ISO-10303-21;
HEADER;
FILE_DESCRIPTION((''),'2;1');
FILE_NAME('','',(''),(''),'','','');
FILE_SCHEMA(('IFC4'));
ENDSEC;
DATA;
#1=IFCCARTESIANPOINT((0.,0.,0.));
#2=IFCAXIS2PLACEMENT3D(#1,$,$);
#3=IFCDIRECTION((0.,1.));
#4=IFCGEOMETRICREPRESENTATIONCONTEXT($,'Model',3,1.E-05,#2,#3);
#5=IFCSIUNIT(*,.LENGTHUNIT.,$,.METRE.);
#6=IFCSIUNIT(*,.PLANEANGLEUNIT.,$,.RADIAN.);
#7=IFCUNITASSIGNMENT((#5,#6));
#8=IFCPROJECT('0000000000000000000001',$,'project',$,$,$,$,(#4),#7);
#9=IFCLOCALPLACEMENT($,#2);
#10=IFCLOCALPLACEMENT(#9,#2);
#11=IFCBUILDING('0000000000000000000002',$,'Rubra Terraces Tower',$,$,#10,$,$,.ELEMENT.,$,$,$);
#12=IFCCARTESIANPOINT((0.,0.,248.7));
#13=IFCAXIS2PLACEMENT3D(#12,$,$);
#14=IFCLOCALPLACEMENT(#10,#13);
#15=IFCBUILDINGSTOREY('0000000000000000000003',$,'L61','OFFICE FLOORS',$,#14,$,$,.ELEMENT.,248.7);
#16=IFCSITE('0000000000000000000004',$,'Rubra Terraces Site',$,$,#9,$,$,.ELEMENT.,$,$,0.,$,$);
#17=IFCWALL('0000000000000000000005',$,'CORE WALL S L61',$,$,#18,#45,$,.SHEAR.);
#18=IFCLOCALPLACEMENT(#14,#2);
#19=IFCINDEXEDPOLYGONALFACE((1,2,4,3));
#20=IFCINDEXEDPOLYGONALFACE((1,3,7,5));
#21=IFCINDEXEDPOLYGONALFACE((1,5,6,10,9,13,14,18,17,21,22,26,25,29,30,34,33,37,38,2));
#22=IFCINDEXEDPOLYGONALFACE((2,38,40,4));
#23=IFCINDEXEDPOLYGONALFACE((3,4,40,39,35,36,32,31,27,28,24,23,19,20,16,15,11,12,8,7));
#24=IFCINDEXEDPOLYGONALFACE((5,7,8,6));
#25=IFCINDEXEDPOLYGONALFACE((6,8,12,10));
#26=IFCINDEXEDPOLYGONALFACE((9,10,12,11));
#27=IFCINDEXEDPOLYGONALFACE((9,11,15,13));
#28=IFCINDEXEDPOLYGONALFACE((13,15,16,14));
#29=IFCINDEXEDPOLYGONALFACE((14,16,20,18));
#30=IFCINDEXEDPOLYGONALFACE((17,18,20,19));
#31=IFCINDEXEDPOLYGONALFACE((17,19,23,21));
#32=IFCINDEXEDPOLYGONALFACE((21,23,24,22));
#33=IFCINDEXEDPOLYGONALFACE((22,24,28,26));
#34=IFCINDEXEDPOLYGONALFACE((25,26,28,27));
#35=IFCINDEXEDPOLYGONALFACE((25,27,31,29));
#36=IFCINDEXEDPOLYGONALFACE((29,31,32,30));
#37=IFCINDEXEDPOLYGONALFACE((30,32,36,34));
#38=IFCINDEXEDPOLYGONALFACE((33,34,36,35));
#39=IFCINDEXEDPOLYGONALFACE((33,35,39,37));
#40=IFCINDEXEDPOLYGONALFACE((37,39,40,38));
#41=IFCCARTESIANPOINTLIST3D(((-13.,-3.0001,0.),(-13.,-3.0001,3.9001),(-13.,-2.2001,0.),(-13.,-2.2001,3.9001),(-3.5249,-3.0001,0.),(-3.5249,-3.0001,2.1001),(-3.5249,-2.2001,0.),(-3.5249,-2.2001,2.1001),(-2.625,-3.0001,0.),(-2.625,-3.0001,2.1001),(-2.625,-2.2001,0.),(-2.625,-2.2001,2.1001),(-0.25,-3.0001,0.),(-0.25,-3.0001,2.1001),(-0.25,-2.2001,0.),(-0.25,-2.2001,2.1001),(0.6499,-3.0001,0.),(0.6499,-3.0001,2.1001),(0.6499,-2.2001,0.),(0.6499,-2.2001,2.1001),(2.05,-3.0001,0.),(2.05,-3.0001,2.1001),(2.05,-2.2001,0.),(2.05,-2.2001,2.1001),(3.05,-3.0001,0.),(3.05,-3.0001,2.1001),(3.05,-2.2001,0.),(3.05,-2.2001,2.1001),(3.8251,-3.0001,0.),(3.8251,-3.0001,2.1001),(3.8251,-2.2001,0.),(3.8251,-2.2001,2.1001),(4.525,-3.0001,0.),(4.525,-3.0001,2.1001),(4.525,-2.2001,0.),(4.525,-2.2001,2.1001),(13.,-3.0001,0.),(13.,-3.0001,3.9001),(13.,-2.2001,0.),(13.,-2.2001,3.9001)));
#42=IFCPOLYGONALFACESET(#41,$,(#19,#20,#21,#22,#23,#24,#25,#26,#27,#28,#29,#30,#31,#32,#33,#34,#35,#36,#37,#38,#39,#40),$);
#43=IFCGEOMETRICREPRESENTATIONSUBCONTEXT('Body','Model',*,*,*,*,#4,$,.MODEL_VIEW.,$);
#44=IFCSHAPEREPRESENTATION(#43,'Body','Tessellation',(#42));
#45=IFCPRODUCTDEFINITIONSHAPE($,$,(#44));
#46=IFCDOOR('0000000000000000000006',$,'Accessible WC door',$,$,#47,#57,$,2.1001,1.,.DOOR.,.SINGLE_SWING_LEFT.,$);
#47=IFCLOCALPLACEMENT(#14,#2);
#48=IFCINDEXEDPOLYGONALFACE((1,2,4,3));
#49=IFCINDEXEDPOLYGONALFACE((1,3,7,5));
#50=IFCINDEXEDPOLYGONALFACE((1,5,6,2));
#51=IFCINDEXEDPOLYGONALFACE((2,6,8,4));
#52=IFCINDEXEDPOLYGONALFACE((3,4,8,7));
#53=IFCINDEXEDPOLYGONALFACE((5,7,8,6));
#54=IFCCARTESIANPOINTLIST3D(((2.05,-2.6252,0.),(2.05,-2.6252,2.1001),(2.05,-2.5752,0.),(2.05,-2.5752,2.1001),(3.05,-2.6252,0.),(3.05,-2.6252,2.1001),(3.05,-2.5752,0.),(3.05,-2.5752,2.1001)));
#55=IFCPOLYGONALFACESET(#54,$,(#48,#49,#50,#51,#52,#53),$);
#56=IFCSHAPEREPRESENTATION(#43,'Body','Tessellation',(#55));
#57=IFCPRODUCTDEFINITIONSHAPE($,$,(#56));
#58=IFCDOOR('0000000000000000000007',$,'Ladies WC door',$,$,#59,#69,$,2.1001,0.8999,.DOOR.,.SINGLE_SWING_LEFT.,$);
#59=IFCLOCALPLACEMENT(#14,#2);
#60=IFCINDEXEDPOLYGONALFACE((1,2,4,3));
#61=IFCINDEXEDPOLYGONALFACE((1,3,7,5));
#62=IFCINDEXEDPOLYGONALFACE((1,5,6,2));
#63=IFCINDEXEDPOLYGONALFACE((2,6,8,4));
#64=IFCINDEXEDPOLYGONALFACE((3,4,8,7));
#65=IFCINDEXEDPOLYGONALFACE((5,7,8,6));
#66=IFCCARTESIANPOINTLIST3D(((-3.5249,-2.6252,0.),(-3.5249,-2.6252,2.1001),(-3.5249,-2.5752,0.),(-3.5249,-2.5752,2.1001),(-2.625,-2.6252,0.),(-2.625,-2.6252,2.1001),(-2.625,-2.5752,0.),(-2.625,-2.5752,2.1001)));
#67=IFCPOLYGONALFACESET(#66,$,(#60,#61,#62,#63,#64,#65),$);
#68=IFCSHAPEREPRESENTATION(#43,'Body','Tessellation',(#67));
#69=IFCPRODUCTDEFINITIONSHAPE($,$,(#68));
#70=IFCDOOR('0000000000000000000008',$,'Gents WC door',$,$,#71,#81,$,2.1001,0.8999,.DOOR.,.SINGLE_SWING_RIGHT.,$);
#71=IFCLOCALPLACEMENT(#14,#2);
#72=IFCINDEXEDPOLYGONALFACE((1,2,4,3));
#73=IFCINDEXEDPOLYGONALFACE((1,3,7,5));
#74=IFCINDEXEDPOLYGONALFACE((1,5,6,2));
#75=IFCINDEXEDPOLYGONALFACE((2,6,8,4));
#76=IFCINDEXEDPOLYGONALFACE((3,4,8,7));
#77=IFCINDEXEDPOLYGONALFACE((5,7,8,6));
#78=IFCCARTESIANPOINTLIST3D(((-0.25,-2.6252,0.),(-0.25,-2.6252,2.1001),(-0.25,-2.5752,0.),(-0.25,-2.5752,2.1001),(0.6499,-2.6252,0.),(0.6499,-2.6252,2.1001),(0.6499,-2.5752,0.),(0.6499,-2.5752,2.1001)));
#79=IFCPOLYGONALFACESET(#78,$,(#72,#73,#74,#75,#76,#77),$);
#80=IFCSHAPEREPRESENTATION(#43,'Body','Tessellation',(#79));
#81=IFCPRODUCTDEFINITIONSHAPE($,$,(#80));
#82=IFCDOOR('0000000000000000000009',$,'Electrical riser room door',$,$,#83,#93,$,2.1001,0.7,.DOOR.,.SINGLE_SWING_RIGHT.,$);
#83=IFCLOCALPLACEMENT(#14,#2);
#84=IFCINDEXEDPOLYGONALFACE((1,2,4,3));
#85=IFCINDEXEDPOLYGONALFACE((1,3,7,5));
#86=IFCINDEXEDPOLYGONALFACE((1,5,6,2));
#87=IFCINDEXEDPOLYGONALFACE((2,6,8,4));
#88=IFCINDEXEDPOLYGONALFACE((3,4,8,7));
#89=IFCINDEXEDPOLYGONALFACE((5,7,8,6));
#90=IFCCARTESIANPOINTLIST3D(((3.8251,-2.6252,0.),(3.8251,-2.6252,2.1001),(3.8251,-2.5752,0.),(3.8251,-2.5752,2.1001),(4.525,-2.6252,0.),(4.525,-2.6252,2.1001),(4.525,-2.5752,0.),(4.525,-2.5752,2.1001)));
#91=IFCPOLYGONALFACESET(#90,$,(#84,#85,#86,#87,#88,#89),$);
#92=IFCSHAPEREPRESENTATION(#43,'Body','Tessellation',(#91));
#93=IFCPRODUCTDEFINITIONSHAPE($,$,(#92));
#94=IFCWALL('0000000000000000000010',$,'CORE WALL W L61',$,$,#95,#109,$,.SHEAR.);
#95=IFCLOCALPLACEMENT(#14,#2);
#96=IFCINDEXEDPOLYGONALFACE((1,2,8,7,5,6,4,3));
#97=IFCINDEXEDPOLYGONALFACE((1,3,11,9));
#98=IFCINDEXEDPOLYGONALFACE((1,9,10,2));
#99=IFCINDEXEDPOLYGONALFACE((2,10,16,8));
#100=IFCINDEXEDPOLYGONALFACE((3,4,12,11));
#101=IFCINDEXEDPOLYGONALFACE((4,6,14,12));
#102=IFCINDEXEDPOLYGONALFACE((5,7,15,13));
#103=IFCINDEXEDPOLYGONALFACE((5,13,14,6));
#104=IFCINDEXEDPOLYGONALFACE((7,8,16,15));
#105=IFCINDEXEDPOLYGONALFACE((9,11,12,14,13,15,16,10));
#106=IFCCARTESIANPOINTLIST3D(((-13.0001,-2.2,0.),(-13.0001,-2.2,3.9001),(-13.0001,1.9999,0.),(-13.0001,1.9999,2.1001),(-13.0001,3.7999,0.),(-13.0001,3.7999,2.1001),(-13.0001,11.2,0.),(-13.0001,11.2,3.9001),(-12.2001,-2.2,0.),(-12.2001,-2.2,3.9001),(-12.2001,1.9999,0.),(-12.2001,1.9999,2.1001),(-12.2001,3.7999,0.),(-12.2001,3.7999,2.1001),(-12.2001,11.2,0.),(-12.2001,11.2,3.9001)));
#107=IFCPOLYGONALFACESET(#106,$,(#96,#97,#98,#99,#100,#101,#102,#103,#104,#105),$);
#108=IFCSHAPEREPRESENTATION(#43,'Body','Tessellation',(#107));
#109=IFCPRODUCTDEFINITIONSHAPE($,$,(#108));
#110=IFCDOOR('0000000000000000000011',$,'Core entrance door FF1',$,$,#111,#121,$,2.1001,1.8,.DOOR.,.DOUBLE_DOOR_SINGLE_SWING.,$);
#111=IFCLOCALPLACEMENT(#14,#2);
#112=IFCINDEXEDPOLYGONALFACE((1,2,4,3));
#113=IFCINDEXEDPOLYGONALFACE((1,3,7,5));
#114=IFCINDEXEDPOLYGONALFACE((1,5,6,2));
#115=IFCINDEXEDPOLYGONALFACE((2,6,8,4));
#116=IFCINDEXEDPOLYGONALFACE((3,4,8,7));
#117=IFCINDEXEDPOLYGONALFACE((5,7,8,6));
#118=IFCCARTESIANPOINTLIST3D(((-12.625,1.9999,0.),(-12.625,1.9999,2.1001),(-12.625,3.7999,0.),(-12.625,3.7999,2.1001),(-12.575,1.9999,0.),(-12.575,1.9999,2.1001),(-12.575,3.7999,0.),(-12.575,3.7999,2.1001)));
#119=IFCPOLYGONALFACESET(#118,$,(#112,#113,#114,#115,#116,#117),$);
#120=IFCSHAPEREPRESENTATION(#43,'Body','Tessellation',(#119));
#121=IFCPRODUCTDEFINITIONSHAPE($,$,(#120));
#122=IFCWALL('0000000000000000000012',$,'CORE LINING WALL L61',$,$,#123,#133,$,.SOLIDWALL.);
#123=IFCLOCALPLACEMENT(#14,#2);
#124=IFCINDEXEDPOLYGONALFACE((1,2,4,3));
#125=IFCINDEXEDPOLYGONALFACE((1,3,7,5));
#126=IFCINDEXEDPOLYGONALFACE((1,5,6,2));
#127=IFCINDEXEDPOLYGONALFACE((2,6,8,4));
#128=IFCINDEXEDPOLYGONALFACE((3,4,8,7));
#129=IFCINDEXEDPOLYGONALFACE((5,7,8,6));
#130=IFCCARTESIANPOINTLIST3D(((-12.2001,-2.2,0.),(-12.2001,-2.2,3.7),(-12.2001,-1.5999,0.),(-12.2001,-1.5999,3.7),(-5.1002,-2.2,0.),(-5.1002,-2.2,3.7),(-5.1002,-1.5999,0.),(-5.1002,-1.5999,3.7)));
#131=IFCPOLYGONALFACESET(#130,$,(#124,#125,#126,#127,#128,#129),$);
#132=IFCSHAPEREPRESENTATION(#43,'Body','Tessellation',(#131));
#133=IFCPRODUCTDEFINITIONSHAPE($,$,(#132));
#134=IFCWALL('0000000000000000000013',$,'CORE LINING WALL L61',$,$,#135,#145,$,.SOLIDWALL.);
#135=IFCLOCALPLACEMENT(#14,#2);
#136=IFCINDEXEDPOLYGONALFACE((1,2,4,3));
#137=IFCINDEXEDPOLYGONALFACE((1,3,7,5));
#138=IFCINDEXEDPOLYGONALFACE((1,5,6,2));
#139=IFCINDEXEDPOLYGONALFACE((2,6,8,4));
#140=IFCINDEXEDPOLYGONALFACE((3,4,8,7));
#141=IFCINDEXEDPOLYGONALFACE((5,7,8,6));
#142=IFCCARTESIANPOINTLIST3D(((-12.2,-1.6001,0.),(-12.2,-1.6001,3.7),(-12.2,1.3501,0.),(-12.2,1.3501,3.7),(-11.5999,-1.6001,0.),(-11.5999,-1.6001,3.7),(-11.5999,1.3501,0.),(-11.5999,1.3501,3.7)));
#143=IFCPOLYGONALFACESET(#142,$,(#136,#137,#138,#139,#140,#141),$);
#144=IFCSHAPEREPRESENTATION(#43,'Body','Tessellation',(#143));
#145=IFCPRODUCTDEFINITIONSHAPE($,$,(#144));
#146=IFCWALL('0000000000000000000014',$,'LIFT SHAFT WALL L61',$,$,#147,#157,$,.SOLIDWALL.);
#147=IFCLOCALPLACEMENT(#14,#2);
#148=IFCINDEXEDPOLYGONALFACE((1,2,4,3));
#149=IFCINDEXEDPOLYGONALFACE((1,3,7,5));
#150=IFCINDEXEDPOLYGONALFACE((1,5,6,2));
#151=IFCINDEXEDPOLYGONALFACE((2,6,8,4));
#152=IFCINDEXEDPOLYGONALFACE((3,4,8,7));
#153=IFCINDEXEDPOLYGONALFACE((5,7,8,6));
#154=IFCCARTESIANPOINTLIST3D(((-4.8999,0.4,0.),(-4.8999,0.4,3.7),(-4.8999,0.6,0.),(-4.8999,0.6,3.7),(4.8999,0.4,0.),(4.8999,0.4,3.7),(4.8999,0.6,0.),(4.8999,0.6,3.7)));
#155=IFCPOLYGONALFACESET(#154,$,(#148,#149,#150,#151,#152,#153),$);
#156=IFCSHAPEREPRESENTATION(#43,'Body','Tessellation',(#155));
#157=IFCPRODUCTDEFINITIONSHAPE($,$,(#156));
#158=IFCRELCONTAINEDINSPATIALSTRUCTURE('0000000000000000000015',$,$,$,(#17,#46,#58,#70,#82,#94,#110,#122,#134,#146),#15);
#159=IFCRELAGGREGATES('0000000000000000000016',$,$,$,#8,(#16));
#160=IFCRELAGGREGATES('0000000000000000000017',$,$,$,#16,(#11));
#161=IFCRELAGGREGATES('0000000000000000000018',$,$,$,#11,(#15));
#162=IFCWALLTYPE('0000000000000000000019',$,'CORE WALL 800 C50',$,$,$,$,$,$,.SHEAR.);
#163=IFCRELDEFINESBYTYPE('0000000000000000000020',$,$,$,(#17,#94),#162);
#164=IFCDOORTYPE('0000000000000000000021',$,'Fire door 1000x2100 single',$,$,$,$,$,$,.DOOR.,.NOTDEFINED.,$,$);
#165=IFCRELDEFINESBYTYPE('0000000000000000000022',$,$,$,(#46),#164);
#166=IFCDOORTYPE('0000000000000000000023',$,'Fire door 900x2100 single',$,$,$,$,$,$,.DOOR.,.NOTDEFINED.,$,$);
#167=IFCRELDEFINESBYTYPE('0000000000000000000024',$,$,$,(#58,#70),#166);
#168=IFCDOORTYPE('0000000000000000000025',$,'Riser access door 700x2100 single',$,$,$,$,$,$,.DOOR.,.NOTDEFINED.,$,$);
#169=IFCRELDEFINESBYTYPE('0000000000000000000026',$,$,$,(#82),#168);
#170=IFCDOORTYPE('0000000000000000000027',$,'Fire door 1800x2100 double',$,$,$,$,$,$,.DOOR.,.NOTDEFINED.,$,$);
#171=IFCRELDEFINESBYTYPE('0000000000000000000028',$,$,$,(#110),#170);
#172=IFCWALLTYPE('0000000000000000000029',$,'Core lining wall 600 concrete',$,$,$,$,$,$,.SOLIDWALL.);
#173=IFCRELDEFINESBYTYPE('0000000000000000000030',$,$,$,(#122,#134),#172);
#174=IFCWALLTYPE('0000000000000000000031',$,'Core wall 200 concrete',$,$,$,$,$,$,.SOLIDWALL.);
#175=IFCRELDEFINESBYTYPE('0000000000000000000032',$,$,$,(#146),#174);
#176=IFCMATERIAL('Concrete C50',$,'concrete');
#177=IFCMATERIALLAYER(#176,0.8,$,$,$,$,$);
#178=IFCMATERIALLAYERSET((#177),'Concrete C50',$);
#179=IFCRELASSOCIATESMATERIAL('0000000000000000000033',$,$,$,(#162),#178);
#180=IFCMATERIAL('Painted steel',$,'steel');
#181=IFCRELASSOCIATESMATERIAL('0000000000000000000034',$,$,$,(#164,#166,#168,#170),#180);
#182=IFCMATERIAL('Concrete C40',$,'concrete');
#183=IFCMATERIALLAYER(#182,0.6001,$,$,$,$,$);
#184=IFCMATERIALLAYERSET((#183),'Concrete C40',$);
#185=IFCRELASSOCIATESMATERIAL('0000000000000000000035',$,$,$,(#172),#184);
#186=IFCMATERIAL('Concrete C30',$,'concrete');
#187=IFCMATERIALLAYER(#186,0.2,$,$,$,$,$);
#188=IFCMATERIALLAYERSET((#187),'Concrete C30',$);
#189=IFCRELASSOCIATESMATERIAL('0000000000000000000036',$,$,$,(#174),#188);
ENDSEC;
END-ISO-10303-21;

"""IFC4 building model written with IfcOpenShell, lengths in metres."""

from ifc_helpers import new_model, si_unit, direction, frame, frame_2d, origin, place, context, subcontext, project, spatial, rectangle, extrude, material, layer, layer_set, type_object, element, fill, save


model = new_model("IFC4")

# Units and contexts
model_context = context("Model", 3, precision=1e-05, world=origin(), true_north=direction((0.0, 1.0)))
body_context = subcontext(model_context, "Body", "Model", "MODEL_VIEW")
ifc_project = project(units=[si_unit("LENGTHUNIT", "METRE"), si_unit("PLANEANGLEUNIT", "RADIAN")], contexts=[model_context])

# Site, building, storey
site_placement = place(None, origin())
site = spatial("IfcSite", under=ifc_project, at=site_placement, Name="Rubra Terraces Site", CompositionType="ELEMENT", RefElevation=0.0)
building_placement = place(site_placement, origin())
building = spatial("IfcBuilding", under=site, at=building_placement, Name="Rubra Terraces Tower", CompositionType="ELEMENT")
storey_placement = place(building_placement, frame((0.0, 0.0, 248.7)))
storey = spatial("IfcBuildingStorey", under=building, at=storey_placement, Name="L61", Description="OFFICE FLOORS", CompositionType="ELEMENT", Elevation=248.7)

# Shared definitions
ifc_material_1 = material(Name="Concrete C40", Category="concrete")

# Wall, openings, doors
ifc_material_2 = material(Name="Concrete C50", Category="concrete")
ifc_layer_1 = layer(ifc_material_2, 0.8)
ifc_layer_set_1 = layer_set([ifc_layer_1], Name="Concrete C50")
wall_type_1 = type_object("IfcWallType", Name="CORE WALL 800 C50", PredefinedType="SHEAR", material=ifc_layer_set_1)
wall_1_placement = place(storey_placement, frame((-13.0, -2.6001, 0.0), z_axis=(0.0, 0.0, 1.0), x_axis=(1.0, 0.0, 0.0)))
wall_1 = element("IfcWall", 1, at=wall_1_placement, inside=storey, type_object=wall_type_1, Name="CORE WALL S L61", PredefinedType="SHEAR", context=body_context, shape_type="SweptSolid", body=[
    extrude(rectangle(XDim=26.0, YDim=0.8, at=frame_2d((13.0, 0.0))), origin(), (0.0, 0.0, 1.0), 3.9001),
])
opening_1_placement = place(wall_1_placement, frame((9.4751, 0.0, 0.0)))
opening_1 = element("IfcOpeningElement", 2, at=opening_1_placement, cuts=wall_1, PredefinedType="OPENING", context=body_context, shape_type="SweptSolid", body=[
    extrude(rectangle(XDim=0.8999, YDim=2.1001, at=frame_2d((0.45, 1.05))), frame((0.0, 0.4099, 0.0), z_axis=(0.0, -1.0, 0.0), x_axis=(1.0, 0.0, 0.0)), (0.0, 0.0, 1.0), 0.8201),
])
opening_2_placement = place(wall_1_placement, frame((12.75, 0.0, 0.0)))
opening_2 = element("IfcOpeningElement", 3, at=opening_2_placement, cuts=wall_1, PredefinedType="OPENING", context=body_context, shape_type="SweptSolid", body=[
    extrude(rectangle(XDim=0.8999, YDim=2.1001, at=frame_2d((0.45, 1.05))), frame((0.0, 0.4099, 0.0), z_axis=(0.0, -1.0, 0.0), x_axis=(1.0, 0.0, 0.0)), (0.0, 0.0, 1.0), 0.8201),
])
opening_3_placement = place(wall_1_placement, frame((15.05, 0.0, 0.0)))
opening_3 = element("IfcOpeningElement", 4, at=opening_3_placement, cuts=wall_1, PredefinedType="OPENING", context=body_context, shape_type="SweptSolid", body=[
    extrude(rectangle(XDim=1.0, YDim=2.1001, at=frame_2d((0.5, 1.05))), frame((0.0, 0.4099, 0.0), z_axis=(0.0, -1.0, 0.0), x_axis=(1.0, 0.0, 0.0)), (0.0, 0.0, 1.0), 0.8201),
])
opening_4_placement = place(wall_1_placement, frame((16.825, 0.0, 0.0)))
opening_4 = element("IfcOpeningElement", 5, at=opening_4_placement, cuts=wall_1, PredefinedType="OPENING", context=body_context, shape_type="SweptSolid", body=[
    extrude(rectangle(XDim=0.7, YDim=2.1001, at=frame_2d((0.3501, 1.05))), frame((0.0, 0.4099, 0.0), z_axis=(0.0, -1.0, 0.0), x_axis=(1.0, 0.0, 0.0)), (0.0, 0.0, 1.0), 0.8201),
])
ifc_material_3 = material(Name="Painted steel", Category="steel")
door_type_1 = type_object("IfcDoorType", Name="Fire door 1000x2100 single", OperationType="NOTDEFINED", PredefinedType="DOOR", material=ifc_material_3)
door_1_placement = place(opening_3_placement, origin())
door_1 = element("IfcDoor", 6, at=door_1_placement, inside=storey, type_object=door_type_1, Name="Accessible WC door", OperationType="SINGLE_SWING_LEFT", OverallHeight=2.1001, OverallWidth=1.0, PredefinedType="DOOR", context=body_context, shape_type="SweptSolid", body=[
    extrude(rectangle(XDim=1.0, YDim=2.1001, at=frame_2d((0.5, 1.05))), frame((0.0, 0.0249, 0.0), z_axis=(0.0, -1.0, 0.0), x_axis=(1.0, 0.0, 0.0)), (0.0, 0.0, 1.0), 0.05),
])
fill(opening_3, door_1)
door_type_2 = type_object("IfcDoorType", Name="Fire door 900x2100 single", OperationType="NOTDEFINED", PredefinedType="DOOR", material=ifc_material_3)
door_2_placement = place(opening_1_placement, origin())
door_2 = element("IfcDoor", 7, at=door_2_placement, inside=storey, type_object=door_type_2, Name="Ladies WC door", OperationType="SINGLE_SWING_LEFT", OverallHeight=2.1001, OverallWidth=0.8999, PredefinedType="DOOR", context=body_context, shape_type="SweptSolid", body=[
    extrude(rectangle(XDim=0.8999, YDim=2.1001, at=frame_2d((0.45, 1.05))), frame((0.0, 0.0249, 0.0), z_axis=(0.0, -1.0, 0.0), x_axis=(1.0, 0.0, 0.0)), (0.0, 0.0, 1.0), 0.05),
])
fill(opening_1, door_2)
door_3_placement = place(opening_2_placement, origin())
door_3 = element("IfcDoor", 8, at=door_3_placement, inside=storey, type_object=door_type_2, Name="Gents WC door", OperationType="SINGLE_SWING_RIGHT", OverallHeight=2.1001, OverallWidth=0.8999, PredefinedType="DOOR", context=body_context, shape_type="SweptSolid", body=[
    extrude(rectangle(XDim=0.8999, YDim=2.1001, at=frame_2d((0.45, 1.05))), frame((0.0, 0.0249, 0.0), z_axis=(0.0, -1.0, 0.0), x_axis=(1.0, 0.0, 0.0)), (0.0, 0.0, 1.0), 0.05),
])
fill(opening_2, door_3)
door_type_3 = type_object("IfcDoorType", Name="Riser access door 700x2100 single", OperationType="NOTDEFINED", PredefinedType="DOOR", material=ifc_material_3)
door_4_placement = place(opening_4_placement, origin())
door_4 = element("IfcDoor", 9, at=door_4_placement, inside=storey, type_object=door_type_3, Name="Electrical riser room door", OperationType="SINGLE_SWING_RIGHT", OverallHeight=2.1001, OverallWidth=0.7, PredefinedType="DOOR", context=body_context, shape_type="SweptSolid", body=[
    extrude(rectangle(XDim=0.7, YDim=2.1001, at=frame_2d((0.3501, 1.05))), frame((0.0, 0.0249, 0.0), z_axis=(0.0, -1.0, 0.0), x_axis=(1.0, 0.0, 0.0)), (0.0, 0.0, 1.0), 0.05),
])
fill(opening_4, door_4)

# Wall, opening, door
wall_2_placement = place(storey_placement, frame((-12.6001, -2.2, 0.0), z_axis=(0.0, 0.0, 1.0), x_axis=(0.0, 1.0, 0.0)))
wall_2 = element("IfcWall", 10, at=wall_2_placement, inside=storey, type_object=wall_type_1, Name="CORE WALL W L61", PredefinedType="SHEAR", context=body_context, shape_type="SweptSolid", body=[
    extrude(rectangle(XDim=13.3999, YDim=0.8, at=frame_2d((6.7, 0.0))), origin(), (0.0, 0.0, 1.0), 3.9001),
])
opening_5_placement = place(wall_2_placement, frame((4.2, 0.0, 0.0)))
opening_5 = element("IfcOpeningElement", 11, at=opening_5_placement, cuts=wall_2, PredefinedType="OPENING", context=body_context, shape_type="SweptSolid", body=[
    extrude(rectangle(XDim=1.8, YDim=2.1001, at=frame_2d((0.8999, 1.05))), frame((0.0, 0.4099, 0.0), z_axis=(0.0, -1.0, 0.0), x_axis=(1.0, 0.0, 0.0)), (0.0, 0.0, 1.0), 0.8201),
])
door_type_4 = type_object("IfcDoorType", Name="Fire door 1800x2100 double", OperationType="NOTDEFINED", PredefinedType="DOOR", material=ifc_material_3)
door_5_placement = place(opening_5_placement, origin())
door_5 = element("IfcDoor", 12, at=door_5_placement, inside=storey, type_object=door_type_4, Name="Core entrance door FF1", OperationType="DOUBLE_DOOR_SINGLE_SWING", OverallHeight=2.1001, OverallWidth=1.8, PredefinedType="DOOR", context=body_context, shape_type="SweptSolid", body=[
    extrude(rectangle(XDim=1.8, YDim=2.1001, at=frame_2d((0.8999, 1.05))), frame((0.0, 0.0249, 0.0), z_axis=(0.0, -1.0, 0.0), x_axis=(1.0, 0.0, 0.0)), (0.0, 0.0, 1.0), 0.05),
])
fill(opening_5, door_5)

# Walls
ifc_layer_2 = layer(ifc_material_1, 0.6001)
ifc_layer_set_2 = layer_set([ifc_layer_2], Name="Concrete C40")
wall_type_2 = type_object("IfcWallType", Name="Core lining wall 600 concrete", PredefinedType="SOLIDWALL", material=ifc_layer_set_2)
wall_3_placement = place(storey_placement, frame((-12.2, -1.8999, 0.0), z_axis=(0.0, 0.0, 1.0), x_axis=(1.0, 0.0, 0.0)))
element("IfcWall", 13, at=wall_3_placement, inside=storey, type_object=wall_type_2, Name="CORE LINING WALL L61", PredefinedType="SOLIDWALL", context=body_context, shape_type="SweptSolid", body=[
    extrude(rectangle(XDim=7.0999, YDim=0.6001, at=frame_2d((3.5498, 0.0))), origin(), (0.0, 0.0, 1.0), 3.7),
])
wall_4_placement = place(storey_placement, frame((-11.8999, -1.6001, 0.0), z_axis=(0.0, 0.0, 1.0), x_axis=(0.0, 1.0, 0.0)))
element("IfcWall", 14, at=wall_4_placement, inside=storey, type_object=wall_type_2, Name="CORE LINING WALL L61", PredefinedType="SOLIDWALL", context=body_context, shape_type="SweptSolid", body=[
    extrude(rectangle(XDim=2.9502, YDim=0.6001, at=frame_2d((1.4751, 0.0))), origin(), (0.0, 0.0, 1.0), 3.7),
])
ifc_material_4 = material(Name="Concrete C30", Category="concrete")
ifc_layer_3 = layer(ifc_material_4, 0.2)
ifc_layer_set_3 = layer_set([ifc_layer_3], Name="Concrete C30")
wall_type_3 = type_object("IfcWallType", Name="Core wall 200 concrete", PredefinedType="SOLIDWALL", material=ifc_layer_set_3)
wall_5_placement = place(storey_placement, frame((-4.8999, 0.5, 0.0), z_axis=(0.0, 0.0, 1.0), x_axis=(1.0, 0.0, 0.0)))
element("IfcWall", 15, at=wall_5_placement, inside=storey, type_object=wall_type_3, Name="LIFT SHAFT WALL L61", PredefinedType="SOLIDWALL", context=body_context, shape_type="SweptSolid", body=[
    extrude(rectangle(XDim=9.7998, YDim=0.2, at=frame_2d((4.8999, 0.0))), origin(), (0.0, 0.0, 1.0), 3.7),
])

save(model, "model.ifc")
